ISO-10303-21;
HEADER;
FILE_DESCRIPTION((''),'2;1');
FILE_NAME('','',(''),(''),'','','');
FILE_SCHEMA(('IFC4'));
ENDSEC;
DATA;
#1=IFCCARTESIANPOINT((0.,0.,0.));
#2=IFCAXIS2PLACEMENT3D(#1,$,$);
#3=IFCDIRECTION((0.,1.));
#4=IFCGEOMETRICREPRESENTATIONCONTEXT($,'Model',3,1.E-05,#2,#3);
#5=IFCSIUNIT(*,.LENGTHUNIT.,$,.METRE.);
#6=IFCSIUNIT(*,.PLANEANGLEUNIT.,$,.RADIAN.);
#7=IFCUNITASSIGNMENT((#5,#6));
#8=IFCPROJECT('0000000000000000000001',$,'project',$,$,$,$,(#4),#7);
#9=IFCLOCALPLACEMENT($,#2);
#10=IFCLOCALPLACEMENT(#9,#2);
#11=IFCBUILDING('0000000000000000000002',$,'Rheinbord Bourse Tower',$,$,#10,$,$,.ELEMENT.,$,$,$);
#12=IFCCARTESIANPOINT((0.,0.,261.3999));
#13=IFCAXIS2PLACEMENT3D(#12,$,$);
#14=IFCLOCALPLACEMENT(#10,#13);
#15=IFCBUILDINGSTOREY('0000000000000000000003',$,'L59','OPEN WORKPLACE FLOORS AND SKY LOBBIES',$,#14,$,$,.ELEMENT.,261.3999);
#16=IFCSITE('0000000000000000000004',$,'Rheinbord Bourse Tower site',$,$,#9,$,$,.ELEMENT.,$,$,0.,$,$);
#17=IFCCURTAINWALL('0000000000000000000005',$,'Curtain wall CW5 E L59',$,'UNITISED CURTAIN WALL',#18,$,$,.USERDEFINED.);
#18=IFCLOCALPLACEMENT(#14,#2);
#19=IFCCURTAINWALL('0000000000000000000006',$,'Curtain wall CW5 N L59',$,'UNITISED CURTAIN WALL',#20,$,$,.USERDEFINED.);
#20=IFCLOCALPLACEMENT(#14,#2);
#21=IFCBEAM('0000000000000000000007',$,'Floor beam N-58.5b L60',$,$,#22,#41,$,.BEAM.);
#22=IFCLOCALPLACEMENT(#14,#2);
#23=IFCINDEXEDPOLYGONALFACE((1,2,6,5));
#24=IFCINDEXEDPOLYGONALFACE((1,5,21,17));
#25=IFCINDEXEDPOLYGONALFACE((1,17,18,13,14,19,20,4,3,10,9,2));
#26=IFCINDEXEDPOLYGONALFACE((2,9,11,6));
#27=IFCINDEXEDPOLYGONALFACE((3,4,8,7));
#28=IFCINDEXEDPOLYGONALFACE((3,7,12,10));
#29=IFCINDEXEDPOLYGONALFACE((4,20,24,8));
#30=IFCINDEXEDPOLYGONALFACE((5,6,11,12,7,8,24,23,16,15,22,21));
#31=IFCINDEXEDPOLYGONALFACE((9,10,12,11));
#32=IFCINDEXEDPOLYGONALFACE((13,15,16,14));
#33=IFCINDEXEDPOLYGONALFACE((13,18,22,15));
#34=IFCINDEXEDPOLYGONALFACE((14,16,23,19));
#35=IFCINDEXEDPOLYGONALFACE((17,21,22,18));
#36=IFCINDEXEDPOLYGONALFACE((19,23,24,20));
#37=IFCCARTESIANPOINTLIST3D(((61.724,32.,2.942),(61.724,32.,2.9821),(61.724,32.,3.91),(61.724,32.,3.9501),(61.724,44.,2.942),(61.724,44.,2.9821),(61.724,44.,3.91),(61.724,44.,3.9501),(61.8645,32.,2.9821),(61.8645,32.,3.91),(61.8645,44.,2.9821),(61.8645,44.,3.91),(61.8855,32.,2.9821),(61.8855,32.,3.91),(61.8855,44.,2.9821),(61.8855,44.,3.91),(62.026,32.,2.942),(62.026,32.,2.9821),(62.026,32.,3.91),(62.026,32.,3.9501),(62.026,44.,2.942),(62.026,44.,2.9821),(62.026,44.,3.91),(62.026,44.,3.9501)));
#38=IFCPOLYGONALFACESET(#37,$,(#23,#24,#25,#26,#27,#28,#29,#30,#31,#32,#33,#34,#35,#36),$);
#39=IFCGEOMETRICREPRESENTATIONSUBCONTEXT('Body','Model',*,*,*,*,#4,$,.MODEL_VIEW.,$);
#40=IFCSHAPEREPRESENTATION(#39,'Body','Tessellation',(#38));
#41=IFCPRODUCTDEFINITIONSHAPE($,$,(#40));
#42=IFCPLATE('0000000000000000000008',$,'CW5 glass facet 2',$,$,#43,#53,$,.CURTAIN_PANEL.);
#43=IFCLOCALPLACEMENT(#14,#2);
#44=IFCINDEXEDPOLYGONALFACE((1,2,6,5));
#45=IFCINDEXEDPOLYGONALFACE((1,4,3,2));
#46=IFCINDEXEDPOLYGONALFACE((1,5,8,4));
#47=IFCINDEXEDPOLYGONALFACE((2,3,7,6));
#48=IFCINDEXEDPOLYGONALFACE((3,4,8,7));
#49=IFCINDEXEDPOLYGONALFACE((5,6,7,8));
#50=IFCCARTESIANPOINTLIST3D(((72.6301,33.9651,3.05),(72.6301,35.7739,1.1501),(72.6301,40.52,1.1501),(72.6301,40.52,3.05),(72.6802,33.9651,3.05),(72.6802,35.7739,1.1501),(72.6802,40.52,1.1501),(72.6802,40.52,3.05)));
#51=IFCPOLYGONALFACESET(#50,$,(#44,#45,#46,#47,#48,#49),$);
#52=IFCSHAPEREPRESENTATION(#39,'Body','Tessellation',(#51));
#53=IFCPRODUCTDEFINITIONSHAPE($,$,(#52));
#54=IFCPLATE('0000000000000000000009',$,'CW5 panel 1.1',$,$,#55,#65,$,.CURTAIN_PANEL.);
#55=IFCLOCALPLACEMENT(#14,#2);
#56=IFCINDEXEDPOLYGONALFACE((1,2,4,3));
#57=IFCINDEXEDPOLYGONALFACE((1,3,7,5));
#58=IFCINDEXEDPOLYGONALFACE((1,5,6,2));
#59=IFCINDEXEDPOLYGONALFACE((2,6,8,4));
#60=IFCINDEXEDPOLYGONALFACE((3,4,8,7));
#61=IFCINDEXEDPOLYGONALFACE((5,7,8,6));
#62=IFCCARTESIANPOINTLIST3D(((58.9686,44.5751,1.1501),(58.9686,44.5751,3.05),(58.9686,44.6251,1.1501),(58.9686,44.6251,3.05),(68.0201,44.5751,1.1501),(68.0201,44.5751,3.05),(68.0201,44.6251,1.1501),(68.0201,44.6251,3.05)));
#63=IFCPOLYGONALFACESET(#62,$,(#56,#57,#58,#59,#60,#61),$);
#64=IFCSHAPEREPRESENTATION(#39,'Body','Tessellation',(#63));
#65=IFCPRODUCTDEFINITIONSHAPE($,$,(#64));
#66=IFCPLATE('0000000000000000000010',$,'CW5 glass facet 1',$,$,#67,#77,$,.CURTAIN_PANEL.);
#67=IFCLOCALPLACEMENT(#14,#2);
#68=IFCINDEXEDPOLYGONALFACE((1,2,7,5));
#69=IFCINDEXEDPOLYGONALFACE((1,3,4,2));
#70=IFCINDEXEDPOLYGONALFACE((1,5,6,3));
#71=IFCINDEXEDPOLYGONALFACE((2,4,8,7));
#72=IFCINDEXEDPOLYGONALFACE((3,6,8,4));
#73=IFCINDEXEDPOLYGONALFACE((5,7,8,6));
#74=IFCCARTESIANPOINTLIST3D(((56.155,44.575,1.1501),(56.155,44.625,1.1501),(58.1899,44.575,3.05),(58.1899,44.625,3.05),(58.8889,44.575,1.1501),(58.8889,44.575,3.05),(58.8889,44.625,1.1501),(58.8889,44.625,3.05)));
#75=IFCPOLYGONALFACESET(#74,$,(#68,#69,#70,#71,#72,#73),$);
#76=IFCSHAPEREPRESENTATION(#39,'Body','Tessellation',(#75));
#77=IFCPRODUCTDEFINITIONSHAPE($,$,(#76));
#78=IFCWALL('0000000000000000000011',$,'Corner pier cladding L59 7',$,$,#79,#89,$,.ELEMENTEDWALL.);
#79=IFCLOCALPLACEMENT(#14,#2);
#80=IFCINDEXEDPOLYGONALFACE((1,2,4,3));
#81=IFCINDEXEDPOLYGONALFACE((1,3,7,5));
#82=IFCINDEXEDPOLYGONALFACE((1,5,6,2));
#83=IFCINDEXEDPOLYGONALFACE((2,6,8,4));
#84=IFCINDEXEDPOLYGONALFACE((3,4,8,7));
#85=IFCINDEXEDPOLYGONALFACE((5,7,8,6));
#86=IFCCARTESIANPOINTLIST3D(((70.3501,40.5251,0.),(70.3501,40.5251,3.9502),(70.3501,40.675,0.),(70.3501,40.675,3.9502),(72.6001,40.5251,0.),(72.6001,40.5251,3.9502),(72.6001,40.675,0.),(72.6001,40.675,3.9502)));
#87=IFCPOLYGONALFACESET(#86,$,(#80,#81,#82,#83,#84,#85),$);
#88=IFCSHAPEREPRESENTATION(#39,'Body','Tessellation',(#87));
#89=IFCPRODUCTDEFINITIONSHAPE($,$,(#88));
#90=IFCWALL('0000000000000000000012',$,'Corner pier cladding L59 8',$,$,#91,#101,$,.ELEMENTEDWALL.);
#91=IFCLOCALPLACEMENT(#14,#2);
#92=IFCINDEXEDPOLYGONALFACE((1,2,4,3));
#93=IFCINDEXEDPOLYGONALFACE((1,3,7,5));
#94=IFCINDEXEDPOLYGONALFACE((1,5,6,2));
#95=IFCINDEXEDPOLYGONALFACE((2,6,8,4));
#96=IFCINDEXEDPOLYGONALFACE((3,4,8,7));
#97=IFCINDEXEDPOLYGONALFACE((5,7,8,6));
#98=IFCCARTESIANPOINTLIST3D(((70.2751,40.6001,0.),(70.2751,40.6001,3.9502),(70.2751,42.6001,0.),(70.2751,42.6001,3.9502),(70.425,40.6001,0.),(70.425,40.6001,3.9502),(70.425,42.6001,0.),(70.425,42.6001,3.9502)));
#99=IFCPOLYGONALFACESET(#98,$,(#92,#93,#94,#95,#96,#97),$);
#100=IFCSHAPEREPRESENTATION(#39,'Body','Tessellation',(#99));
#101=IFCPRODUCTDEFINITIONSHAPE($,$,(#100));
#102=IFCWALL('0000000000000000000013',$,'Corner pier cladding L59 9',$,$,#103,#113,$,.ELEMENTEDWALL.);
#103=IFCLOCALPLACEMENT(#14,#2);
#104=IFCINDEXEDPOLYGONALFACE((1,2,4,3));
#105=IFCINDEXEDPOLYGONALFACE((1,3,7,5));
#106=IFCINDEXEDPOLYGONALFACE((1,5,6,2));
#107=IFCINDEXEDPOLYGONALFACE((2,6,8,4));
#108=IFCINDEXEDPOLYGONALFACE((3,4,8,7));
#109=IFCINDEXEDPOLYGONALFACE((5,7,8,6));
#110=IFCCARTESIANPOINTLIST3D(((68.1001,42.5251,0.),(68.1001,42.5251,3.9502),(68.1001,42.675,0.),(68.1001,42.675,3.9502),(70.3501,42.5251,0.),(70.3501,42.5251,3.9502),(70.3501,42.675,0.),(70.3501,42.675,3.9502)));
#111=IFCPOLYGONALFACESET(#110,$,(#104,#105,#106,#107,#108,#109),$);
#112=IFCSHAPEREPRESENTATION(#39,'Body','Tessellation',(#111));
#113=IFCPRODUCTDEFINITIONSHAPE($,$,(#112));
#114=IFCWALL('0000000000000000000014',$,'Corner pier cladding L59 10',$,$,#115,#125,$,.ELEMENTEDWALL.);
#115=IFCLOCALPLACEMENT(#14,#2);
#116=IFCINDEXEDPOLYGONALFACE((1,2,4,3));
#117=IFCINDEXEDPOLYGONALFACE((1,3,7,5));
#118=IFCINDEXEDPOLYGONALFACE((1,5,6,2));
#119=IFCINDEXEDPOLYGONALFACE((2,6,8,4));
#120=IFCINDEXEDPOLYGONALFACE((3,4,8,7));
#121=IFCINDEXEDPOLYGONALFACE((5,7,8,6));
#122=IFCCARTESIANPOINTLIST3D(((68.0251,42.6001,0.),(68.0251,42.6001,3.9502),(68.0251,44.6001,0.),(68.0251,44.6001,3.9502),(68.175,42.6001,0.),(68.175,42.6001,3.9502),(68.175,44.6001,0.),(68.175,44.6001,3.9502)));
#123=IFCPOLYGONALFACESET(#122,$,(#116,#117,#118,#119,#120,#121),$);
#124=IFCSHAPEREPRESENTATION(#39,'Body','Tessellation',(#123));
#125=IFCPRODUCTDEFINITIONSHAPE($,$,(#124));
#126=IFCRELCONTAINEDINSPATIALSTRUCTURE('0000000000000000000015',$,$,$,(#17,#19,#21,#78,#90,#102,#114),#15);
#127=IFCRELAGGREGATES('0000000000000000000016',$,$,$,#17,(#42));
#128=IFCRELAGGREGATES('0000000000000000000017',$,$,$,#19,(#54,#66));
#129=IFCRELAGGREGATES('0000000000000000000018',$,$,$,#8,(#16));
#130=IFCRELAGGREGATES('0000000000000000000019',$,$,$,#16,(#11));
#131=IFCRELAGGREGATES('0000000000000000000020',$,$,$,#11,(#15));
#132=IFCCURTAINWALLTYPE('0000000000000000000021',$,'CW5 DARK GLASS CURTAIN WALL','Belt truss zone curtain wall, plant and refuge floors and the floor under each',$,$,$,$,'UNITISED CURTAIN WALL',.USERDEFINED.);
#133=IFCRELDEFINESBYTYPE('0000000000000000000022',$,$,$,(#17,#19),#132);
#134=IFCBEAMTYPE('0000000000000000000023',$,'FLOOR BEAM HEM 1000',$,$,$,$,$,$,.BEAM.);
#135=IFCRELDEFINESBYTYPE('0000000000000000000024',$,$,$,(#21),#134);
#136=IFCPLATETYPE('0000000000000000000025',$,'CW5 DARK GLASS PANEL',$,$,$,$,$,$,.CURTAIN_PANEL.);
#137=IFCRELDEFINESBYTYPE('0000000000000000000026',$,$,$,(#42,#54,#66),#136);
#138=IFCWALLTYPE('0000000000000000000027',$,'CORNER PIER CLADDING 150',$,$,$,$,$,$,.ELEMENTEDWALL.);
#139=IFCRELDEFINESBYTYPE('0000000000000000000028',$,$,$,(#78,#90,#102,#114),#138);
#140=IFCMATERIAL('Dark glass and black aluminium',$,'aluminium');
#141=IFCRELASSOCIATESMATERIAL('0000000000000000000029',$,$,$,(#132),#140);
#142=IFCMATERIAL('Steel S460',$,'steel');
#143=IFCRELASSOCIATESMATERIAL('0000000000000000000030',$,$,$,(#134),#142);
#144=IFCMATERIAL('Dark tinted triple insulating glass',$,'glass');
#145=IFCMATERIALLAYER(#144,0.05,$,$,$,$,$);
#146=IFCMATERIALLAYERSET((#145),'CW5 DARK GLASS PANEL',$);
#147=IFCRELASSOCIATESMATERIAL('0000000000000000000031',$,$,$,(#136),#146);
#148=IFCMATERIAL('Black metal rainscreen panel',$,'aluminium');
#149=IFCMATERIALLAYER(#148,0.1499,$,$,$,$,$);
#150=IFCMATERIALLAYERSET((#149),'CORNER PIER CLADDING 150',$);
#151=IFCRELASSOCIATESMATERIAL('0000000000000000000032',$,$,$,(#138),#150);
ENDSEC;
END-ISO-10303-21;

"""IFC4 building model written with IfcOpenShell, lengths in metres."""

from ifc_helpers import new_model, si_unit, direction, frame, frame_2d, origin, origin_2d, place, context, subcontext, project, spatial, polyline, rectangle, i_section, outline, extrude, material, layer, layer_set, material_profile, profile_set, type_object, element, aggregate, save


model = new_model("IFC4")

# Units and contexts
model_context = context("Model", 3, precision=1e-05, world=origin(), true_north=direction((0.0, 1.0)))
body_context = subcontext(model_context, "Body", "Model", "MODEL_VIEW")
ifc_project = project(units=[si_unit("LENGTHUNIT", "METRE"), si_unit("PLANEANGLEUNIT", "RADIAN")], contexts=[model_context])

# Site, building, storey
site_placement = place(None, origin())
site = spatial("IfcSite", under=ifc_project, at=site_placement, Name="Rheinbord Bourse Tower site", CompositionType="ELEMENT", RefElevation=0.0)
building_placement = place(site_placement, origin())
building = spatial("IfcBuilding", under=site, at=building_placement, Name="Rheinbord Bourse Tower", CompositionType="ELEMENT")
storey_placement = place(building_placement, frame((0.0, 0.0, 261.3999)))
storey = spatial("IfcBuildingStorey", under=building, at=storey_placement, Name="L59", Description="OPEN WORKPLACE FLOORS AND SKY LOBBIES", CompositionType="ELEMENT", Elevation=261.3999)

# Curtain wall
ifc_material_1 = material(Name="Dark glass and black aluminium", Category="aluminium")
curtain_wall_type = type_object("IfcCurtainWallType", Name="CW5 DARK GLASS CURTAIN WALL", Description="Belt truss zone curtain wall, plant and refuge floors and the floor under each", ElementType="UNITISED CURTAIN WALL", PredefinedType="USERDEFINED", material=ifc_material_1)
curtain_wall_1_placement = place(storey_placement, origin())
curtain_wall_1 = element("IfcCurtainWall", 1, at=curtain_wall_1_placement, inside=storey, type_object=curtain_wall_type, Name="Curtain wall CW5 E L59", ObjectType="UNITISED CURTAIN WALL", PredefinedType="USERDEFINED")

# Curtain wall
curtain_wall_2_placement = place(storey_placement, origin())
curtain_wall_2 = element("IfcCurtainWall", 2, at=curtain_wall_2_placement, inside=storey, type_object=curtain_wall_type, Name="Curtain wall CW5 N L59", ObjectType="UNITISED CURTAIN WALL", PredefinedType="USERDEFINED")

# Beam
ifc_material_2 = material(Name="Steel S460", Category="steel")
ifc_material_profile_1 = material_profile(ifc_material_2, i_section(OverallWidth=0.302, OverallDepth=1.0081, WebThickness=0.021, FlangeThickness=0.04, at=origin_2d()), Name="HEM 1000")
ifc_profile_set_1 = profile_set([ifc_material_profile_1], Name="Steel S460")
beam_type_1 = type_object("IfcBeamType", Name="FLOOR BEAM HEM 1000", PredefinedType="BEAM", material=ifc_profile_set_1)
for number, where, z_axis, x_axis, name in (
    (3, (61.875, 44.0, 3.446), (0.0, -1.0, 0.0), (1.0, 0.0, 0.0), "Floor beam N-58.5b L60"),
):
    element("IfcBeam", number, at=place(storey_placement, frame(where, z_axis=z_axis, x_axis=x_axis)), inside=storey, type_object=beam_type_1, Name=name, PredefinedType="BEAM", context=body_context, shape_type="SweptSolid", body=[
        extrude(i_section(OverallWidth=0.302, OverallDepth=1.0081, WebThickness=0.021, FlangeThickness=0.04, at=origin_2d()), origin(), (0.0, 0.0, 1.0), 12.0),
    ])

# Plates
ifc_material_3 = material(Name="Dark tinted triple insulating glass", Category="glass")
ifc_layer_1 = layer(ifc_material_3, 0.05)
ifc_layer_set_1 = layer_set([ifc_layer_1], Name="CW5 DARK GLASS PANEL")
plate_type = type_object("IfcPlateType", Name="CW5 DARK GLASS PANEL", PredefinedType="CURTAIN_PANEL", material=ifc_layer_set_1)
plate_1_placement = place(storey_placement, frame((72.6802, 40.52, 3.05), z_axis=(-1.0, 0.0, 0.0), x_axis=(0.0, 0.0, -1.0)))
plate_1 = element("IfcPlate", 4, at=plate_1_placement, type_object=plate_type, Name="CW5 glass facet 2", PredefinedType="CURTAIN_PANEL", context=body_context, shape_type="SweptSolid", body=[
    extrude(outline(polyline([(0.0, 0.0), (1.8999, 0.0), (1.8999, 4.7461), (0.0, 6.5549), (0.0, 0.0)])), origin(), (0.0, 0.0, 1.0), 0.05),
])
aggregate(curtain_wall_1, [plate_1])
plate_2_placement = place(storey_placement, frame((63.4944, 44.6001, 1.1501), z_axis=(0.0, 0.0, 1.0), x_axis=(-1.0, 0.0, 0.0)))
plate_2 = element("IfcPlate", 5, at=plate_2_placement, type_object=plate_type, Name="CW5 panel 1.1", PredefinedType="CURTAIN_PANEL", context=body_context, shape_type="SweptSolid", body=[
    extrude(rectangle(XDim=9.0515, YDim=0.05, at=origin_2d()), origin(), (0.0, 0.0, 1.0), 1.8999),
])
plate_3_placement = place(storey_placement, frame((58.8889, 44.625, 1.1501), z_axis=(0.0, -1.0, 0.0), x_axis=(0.0, 0.0, 1.0)))
plate_3 = element("IfcPlate", 6, at=plate_3_placement, type_object=plate_type, Name="CW5 glass facet 1", PredefinedType="CURTAIN_PANEL", context=body_context, shape_type="SweptSolid", body=[
    extrude(outline(polyline([(0.0, 0.0), (1.8999, 0.0), (1.8999, 0.699), (0.0, 2.7339), (0.0, 0.0)])), origin(), (0.0, 0.0, 1.0), 0.05),
])
aggregate(curtain_wall_2, [plate_2, plate_3])

# Walls
ifc_material_4 = material(Name="Black metal rainscreen panel", Category="aluminium")
ifc_layer_2 = layer(ifc_material_4, 0.1499)
ifc_layer_set_2 = layer_set([ifc_layer_2], Name="CORNER PIER CLADDING 150")
wall_type = type_object("IfcWallType", Name="CORNER PIER CLADDING 150", PredefinedType="ELEMENTEDWALL", material=ifc_layer_set_2)
wall_1_placement = place(storey_placement, frame((72.6001, 40.6001, 0.0), z_axis=(0.0, 0.0, 1.0), x_axis=(-1.0, 0.0, 0.0)))
element("IfcWall", 7, at=wall_1_placement, inside=storey, type_object=wall_type, Name="Corner pier cladding L59 7", PredefinedType="ELEMENTEDWALL", context=body_context, shape_type="SweptSolid", body=[
    extrude(rectangle(XDim=2.25, YDim=0.1499, at=frame_2d((1.125, 0.0))), origin(), (0.0, 0.0, 1.0), 3.9502),
])
wall_2_placement = place(storey_placement, frame((70.3501, 40.6001, 0.0), z_axis=(0.0, 0.0, 1.0), x_axis=(0.0, 1.0, 0.0)))
element("IfcWall", 8, at=wall_2_placement, inside=storey, type_object=wall_type, Name="Corner pier cladding L59 8", PredefinedType="ELEMENTEDWALL", context=body_context, shape_type="SweptSolid", body=[
    extrude(rectangle(XDim=2.0, YDim=0.1499, at=frame_2d((1.0, 0.0))), origin(), (0.0, 0.0, 1.0), 3.9502),
])
wall_3_placement = place(storey_placement, frame((70.3501, 42.6001, 0.0), z_axis=(0.0, 0.0, 1.0), x_axis=(-1.0, 0.0, 0.0)))
element("IfcWall", 9, at=wall_3_placement, inside=storey, type_object=wall_type, Name="Corner pier cladding L59 9", PredefinedType="ELEMENTEDWALL", context=body_context, shape_type="SweptSolid", body=[
    extrude(rectangle(XDim=2.25, YDim=0.1499, at=frame_2d((1.125, 0.0))), origin(), (0.0, 0.0, 1.0), 3.9502),
])
wall_4_placement = place(storey_placement, frame((68.1001, 42.6001, 0.0), z_axis=(0.0, 0.0, 1.0), x_axis=(0.0, 1.0, 0.0)))
element("IfcWall", 10, at=wall_4_placement, inside=storey, type_object=wall_type, Name="Corner pier cladding L59 10", PredefinedType="ELEMENTEDWALL", context=body_context, shape_type="SweptSolid", body=[
    extrude(rectangle(XDim=2.0, YDim=0.1499, at=frame_2d((1.0, 0.0))), origin(), (0.0, 0.0, 1.0), 3.9502),
])

save(model, "model.ifc")
